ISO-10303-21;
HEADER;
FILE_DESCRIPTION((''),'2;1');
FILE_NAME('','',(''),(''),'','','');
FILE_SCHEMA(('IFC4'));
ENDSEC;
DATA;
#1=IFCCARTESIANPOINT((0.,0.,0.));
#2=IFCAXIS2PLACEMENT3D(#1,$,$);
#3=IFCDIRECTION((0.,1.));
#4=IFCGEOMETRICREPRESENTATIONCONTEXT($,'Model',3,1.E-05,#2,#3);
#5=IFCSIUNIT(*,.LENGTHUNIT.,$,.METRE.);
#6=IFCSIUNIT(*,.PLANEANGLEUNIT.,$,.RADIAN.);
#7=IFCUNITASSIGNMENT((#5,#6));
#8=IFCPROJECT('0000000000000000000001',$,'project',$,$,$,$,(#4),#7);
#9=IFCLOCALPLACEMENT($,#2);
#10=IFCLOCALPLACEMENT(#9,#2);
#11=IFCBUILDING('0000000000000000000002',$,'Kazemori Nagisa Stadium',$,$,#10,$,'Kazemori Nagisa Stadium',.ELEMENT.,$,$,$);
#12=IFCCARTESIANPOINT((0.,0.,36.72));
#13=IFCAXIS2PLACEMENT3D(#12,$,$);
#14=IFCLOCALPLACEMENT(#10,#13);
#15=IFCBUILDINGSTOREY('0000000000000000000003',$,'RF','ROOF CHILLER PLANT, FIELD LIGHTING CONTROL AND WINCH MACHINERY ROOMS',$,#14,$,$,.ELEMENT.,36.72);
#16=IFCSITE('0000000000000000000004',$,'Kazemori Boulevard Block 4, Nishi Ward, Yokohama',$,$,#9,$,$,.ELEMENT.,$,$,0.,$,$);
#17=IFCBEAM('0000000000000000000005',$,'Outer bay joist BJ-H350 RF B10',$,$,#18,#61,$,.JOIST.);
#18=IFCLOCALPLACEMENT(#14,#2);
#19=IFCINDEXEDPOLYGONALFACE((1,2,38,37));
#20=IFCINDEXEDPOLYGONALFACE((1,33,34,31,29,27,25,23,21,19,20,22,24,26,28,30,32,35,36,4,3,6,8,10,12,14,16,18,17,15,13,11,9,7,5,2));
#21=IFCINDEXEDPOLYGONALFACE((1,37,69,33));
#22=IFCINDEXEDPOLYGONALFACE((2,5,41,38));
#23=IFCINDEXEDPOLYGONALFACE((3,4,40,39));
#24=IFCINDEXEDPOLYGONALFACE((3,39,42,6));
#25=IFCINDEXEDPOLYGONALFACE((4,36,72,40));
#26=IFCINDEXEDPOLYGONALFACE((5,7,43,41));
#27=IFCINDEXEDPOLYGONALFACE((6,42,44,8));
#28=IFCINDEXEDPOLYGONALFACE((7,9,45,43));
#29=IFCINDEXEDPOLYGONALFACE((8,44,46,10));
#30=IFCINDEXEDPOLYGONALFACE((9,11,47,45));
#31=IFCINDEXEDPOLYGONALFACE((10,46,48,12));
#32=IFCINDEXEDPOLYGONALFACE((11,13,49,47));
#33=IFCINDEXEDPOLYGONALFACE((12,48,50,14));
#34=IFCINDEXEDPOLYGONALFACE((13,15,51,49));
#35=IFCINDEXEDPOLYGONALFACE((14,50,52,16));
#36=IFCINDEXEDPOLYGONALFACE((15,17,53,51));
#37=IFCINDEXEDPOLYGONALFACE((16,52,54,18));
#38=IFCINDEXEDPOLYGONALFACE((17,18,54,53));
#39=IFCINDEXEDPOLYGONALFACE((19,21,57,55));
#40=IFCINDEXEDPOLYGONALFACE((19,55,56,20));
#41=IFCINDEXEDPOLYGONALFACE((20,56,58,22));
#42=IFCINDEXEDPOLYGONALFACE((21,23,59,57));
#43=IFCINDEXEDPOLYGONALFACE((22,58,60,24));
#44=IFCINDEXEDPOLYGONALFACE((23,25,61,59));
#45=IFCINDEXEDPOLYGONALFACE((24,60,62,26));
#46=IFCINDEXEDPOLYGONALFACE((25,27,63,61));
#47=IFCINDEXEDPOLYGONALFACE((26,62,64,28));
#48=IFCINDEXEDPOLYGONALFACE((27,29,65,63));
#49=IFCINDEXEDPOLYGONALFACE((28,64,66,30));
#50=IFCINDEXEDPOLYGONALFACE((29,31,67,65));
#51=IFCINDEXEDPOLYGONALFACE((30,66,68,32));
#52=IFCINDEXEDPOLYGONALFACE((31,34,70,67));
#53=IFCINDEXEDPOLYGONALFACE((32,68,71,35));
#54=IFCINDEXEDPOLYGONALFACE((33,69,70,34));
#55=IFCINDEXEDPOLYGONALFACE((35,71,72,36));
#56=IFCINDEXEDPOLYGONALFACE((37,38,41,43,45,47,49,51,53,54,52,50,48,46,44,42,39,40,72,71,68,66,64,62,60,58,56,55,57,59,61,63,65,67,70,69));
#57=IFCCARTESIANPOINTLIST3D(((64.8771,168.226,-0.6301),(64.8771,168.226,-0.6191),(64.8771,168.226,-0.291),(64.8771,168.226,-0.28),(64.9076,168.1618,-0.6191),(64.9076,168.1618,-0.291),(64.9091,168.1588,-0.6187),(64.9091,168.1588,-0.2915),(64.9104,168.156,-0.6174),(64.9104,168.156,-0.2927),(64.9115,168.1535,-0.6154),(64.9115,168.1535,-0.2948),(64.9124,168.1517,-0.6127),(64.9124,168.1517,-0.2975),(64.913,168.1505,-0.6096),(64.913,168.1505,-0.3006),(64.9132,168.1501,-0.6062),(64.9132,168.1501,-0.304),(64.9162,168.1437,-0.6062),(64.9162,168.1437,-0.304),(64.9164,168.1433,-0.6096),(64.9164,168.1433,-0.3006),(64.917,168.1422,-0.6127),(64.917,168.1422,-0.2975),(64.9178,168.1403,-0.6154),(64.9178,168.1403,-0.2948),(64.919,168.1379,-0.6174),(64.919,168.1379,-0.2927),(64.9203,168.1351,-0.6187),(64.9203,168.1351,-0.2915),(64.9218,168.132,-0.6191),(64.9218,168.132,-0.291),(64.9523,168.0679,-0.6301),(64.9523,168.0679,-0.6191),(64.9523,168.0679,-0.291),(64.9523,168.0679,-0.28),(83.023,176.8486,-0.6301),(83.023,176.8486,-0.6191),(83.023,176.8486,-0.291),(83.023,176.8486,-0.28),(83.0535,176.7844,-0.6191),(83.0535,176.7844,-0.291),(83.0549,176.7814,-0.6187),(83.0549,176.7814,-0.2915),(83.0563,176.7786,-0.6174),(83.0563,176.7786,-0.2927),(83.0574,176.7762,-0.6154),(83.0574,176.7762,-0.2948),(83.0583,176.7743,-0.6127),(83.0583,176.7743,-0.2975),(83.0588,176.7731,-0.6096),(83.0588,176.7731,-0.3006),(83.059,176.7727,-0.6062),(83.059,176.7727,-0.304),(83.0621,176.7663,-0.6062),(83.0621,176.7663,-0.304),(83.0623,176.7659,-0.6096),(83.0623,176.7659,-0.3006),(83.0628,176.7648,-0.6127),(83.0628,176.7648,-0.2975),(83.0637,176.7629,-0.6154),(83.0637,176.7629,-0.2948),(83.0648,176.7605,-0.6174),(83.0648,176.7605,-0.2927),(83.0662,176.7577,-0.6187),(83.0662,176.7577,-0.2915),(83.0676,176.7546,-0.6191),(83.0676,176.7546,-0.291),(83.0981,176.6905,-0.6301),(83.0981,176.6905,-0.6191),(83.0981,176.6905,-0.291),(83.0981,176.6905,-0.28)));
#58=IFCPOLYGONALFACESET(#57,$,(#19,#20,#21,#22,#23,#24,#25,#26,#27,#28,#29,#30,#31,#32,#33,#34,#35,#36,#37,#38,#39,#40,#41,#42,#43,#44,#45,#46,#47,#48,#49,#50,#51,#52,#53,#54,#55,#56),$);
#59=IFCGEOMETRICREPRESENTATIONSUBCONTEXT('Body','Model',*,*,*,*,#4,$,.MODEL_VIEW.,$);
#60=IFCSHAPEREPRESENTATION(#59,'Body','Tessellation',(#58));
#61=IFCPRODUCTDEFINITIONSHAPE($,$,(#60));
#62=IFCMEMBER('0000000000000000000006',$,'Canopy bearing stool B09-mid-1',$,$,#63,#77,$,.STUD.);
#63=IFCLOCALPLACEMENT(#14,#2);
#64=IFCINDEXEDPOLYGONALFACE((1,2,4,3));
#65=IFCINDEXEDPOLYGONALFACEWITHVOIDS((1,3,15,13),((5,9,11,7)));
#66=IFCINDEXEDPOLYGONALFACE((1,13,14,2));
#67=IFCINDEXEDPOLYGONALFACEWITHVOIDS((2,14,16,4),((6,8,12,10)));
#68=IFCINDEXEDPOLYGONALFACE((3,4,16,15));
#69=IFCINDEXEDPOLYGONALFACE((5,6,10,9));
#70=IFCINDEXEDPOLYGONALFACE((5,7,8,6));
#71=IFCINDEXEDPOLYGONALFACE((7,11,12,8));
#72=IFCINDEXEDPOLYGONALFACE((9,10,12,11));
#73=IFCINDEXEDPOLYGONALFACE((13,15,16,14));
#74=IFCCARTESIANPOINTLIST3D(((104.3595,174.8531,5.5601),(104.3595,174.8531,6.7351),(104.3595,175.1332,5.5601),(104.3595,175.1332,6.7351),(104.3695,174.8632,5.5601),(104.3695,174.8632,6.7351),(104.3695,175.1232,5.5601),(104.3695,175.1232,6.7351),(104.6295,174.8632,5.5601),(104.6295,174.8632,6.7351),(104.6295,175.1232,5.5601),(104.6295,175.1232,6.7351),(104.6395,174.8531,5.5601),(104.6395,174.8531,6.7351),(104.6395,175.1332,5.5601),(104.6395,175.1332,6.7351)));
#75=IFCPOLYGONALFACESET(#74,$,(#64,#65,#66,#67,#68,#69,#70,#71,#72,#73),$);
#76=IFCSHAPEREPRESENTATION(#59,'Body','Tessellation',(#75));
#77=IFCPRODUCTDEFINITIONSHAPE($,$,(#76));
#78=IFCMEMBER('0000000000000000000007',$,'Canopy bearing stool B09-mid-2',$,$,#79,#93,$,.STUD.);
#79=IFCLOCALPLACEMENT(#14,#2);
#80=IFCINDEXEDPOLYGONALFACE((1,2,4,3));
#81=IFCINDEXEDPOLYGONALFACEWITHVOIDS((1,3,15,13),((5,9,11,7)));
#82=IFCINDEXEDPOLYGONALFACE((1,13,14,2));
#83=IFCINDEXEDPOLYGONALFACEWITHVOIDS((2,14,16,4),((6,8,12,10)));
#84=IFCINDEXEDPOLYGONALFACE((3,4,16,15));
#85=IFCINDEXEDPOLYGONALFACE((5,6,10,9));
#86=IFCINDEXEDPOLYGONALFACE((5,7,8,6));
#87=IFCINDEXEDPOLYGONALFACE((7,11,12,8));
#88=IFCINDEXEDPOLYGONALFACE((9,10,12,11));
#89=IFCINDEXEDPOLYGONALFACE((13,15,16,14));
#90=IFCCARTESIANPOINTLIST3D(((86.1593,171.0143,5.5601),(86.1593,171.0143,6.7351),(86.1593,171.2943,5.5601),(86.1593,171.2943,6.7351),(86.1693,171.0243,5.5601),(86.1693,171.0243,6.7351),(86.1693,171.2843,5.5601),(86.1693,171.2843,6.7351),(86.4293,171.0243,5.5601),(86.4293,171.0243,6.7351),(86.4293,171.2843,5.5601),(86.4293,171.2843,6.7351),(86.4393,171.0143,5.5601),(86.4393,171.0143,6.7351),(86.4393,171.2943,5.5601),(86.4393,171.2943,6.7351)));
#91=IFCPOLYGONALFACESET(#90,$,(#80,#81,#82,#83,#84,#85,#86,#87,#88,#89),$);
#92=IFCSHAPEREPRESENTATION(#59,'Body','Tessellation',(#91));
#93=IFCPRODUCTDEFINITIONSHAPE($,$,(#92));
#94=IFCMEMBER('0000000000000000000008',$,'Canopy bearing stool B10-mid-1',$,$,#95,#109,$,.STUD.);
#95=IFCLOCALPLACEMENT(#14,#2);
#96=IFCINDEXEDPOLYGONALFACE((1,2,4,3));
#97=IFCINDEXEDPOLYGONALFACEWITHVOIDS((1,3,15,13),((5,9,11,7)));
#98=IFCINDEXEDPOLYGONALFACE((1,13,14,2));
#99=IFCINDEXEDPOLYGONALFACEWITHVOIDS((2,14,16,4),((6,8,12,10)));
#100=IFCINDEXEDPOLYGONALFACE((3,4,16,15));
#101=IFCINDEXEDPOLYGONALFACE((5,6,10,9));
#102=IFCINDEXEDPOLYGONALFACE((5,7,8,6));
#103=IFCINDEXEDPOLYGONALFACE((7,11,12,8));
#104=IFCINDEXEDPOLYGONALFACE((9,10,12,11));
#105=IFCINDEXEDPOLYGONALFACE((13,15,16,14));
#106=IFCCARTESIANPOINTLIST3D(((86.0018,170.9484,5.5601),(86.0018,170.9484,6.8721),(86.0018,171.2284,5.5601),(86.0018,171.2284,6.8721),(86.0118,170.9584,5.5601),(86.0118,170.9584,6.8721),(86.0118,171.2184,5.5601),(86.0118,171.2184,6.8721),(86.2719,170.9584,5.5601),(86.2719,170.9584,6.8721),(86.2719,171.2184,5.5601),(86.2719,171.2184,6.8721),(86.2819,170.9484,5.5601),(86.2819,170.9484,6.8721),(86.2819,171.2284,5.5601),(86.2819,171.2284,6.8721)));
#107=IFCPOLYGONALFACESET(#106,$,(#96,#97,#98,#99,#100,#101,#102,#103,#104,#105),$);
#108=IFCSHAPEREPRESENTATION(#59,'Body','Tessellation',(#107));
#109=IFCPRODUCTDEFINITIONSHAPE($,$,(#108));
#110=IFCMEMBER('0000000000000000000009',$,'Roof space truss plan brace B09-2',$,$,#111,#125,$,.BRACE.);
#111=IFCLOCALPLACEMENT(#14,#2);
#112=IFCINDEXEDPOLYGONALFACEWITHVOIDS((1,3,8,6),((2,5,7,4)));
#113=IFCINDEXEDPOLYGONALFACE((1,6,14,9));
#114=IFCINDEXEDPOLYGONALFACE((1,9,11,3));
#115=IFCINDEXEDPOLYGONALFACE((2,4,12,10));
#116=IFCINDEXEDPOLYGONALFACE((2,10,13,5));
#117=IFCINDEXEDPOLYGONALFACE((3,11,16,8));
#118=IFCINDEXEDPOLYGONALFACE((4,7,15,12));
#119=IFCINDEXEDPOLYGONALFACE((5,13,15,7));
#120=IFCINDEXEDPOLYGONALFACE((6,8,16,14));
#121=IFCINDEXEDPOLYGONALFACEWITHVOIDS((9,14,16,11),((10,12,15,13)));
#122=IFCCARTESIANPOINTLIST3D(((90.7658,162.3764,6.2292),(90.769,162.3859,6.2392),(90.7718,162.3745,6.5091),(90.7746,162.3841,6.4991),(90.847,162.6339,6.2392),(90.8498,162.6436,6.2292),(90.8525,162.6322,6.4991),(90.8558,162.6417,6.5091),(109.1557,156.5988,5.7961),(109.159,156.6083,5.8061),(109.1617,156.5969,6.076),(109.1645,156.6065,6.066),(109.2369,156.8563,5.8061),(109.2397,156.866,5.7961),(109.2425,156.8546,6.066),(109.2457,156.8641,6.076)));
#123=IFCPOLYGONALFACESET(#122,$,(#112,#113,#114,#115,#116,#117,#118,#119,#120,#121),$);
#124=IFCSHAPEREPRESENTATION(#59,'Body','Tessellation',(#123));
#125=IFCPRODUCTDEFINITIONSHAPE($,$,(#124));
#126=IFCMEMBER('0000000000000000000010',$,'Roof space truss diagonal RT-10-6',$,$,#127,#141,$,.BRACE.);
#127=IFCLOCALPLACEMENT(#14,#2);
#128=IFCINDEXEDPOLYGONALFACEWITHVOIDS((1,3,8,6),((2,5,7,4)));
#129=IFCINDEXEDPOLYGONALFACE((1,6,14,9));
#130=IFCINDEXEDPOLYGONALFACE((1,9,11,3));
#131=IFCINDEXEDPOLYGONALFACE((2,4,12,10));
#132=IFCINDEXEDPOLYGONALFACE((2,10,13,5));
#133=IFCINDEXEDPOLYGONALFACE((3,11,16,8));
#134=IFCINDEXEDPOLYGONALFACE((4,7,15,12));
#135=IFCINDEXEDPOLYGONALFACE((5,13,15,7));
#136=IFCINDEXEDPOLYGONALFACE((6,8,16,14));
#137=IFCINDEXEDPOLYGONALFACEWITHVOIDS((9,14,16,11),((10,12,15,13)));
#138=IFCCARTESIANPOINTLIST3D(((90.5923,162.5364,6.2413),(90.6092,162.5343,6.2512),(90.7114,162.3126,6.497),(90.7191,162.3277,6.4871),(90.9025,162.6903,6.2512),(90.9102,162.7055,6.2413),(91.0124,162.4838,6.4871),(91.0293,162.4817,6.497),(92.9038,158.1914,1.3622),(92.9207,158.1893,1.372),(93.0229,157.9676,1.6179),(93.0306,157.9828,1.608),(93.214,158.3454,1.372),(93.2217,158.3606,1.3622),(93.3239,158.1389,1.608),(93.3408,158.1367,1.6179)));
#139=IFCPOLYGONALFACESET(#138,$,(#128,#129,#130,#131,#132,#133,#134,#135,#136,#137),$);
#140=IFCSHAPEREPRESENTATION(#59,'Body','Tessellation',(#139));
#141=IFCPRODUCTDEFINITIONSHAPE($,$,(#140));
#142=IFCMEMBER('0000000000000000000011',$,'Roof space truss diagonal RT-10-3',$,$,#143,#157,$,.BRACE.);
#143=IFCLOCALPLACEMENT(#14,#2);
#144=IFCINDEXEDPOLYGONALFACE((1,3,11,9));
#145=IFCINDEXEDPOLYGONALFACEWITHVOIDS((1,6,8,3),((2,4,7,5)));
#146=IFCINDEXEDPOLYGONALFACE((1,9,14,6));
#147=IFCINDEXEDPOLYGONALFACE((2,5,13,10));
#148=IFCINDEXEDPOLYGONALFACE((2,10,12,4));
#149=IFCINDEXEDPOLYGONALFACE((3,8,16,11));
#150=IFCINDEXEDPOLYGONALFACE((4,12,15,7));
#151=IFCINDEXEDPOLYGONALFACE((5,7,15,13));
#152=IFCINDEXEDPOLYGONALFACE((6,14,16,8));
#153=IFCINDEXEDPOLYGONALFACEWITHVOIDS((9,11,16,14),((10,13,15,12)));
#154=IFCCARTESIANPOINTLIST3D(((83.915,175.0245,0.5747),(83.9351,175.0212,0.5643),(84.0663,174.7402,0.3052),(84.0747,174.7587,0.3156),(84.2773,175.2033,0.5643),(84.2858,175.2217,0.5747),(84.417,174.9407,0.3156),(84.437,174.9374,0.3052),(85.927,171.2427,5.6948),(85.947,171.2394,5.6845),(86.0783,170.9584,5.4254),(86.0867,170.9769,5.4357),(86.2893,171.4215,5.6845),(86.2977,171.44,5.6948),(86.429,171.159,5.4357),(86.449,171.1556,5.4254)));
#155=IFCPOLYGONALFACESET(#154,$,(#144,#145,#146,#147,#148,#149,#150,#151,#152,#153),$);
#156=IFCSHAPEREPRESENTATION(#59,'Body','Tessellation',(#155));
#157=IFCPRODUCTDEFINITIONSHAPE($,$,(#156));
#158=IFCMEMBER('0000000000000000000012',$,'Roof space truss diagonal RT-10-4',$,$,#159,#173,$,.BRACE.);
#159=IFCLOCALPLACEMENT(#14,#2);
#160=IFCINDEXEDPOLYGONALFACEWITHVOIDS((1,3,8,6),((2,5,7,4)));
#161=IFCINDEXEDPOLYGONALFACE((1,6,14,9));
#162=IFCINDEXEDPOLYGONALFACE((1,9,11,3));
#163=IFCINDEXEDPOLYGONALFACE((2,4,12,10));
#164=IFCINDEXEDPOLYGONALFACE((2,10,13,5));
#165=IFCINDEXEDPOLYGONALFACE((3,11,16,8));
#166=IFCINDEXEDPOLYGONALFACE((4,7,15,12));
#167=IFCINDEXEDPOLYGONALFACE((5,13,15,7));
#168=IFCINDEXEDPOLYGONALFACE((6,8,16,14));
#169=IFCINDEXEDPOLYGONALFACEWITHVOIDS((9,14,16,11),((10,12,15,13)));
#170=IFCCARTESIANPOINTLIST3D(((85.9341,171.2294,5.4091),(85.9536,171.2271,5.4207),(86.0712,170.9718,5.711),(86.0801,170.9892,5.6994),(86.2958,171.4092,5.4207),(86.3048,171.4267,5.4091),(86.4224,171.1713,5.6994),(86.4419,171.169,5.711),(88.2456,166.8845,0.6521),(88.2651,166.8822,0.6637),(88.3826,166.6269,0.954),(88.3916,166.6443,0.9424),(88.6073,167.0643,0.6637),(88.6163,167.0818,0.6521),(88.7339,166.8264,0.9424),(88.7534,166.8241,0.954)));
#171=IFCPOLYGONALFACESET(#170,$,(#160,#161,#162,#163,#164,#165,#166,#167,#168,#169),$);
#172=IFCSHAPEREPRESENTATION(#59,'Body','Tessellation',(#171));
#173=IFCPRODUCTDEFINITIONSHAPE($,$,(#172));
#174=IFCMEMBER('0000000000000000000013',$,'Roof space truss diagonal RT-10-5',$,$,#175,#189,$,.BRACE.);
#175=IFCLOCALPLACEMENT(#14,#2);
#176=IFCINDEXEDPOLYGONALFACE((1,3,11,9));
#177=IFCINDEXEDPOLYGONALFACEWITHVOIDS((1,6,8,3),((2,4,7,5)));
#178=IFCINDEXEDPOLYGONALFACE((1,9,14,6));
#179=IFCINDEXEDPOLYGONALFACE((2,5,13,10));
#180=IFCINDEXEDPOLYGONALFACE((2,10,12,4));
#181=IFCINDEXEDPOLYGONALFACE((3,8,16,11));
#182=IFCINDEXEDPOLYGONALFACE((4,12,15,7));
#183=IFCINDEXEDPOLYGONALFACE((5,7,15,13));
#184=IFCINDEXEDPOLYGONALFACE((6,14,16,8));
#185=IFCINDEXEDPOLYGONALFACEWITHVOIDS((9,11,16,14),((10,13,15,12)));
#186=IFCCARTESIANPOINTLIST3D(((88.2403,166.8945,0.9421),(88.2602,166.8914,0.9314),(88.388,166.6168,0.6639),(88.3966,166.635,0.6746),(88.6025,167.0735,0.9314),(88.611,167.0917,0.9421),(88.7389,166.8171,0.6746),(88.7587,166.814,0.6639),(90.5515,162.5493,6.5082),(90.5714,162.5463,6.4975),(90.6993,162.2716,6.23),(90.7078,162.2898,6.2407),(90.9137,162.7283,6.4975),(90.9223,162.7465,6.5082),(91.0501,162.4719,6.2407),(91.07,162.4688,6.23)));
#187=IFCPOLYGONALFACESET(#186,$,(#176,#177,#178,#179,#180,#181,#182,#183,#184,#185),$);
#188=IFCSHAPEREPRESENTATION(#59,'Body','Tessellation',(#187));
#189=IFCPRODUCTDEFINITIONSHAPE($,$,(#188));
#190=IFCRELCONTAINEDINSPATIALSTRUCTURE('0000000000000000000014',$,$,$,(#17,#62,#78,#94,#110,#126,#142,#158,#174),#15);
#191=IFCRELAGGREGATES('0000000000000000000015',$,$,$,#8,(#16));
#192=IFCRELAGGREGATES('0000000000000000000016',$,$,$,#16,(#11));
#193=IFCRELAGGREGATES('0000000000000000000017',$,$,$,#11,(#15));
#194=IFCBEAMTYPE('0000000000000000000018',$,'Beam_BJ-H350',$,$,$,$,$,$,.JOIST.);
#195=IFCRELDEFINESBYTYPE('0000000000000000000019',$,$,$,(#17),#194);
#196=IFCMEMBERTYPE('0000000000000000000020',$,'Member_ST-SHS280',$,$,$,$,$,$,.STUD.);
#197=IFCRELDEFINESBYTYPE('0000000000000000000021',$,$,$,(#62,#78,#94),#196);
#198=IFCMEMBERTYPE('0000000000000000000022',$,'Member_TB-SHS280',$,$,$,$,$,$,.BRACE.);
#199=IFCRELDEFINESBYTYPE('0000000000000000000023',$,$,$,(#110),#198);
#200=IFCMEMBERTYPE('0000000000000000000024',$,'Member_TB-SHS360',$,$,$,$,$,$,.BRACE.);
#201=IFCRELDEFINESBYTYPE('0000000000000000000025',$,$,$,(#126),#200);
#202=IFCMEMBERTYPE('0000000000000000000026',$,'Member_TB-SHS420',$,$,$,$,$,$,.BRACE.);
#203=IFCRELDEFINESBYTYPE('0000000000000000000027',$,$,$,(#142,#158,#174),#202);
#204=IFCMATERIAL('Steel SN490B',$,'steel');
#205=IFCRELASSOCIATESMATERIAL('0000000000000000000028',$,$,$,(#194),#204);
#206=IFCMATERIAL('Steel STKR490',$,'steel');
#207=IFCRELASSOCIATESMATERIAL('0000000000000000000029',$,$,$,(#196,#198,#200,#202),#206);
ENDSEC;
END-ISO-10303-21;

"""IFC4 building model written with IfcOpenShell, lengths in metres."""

from ifc_helpers import new_model, si_unit, direction, frame, origin, origin_2d, place, context, subcontext, project, spatial, hollow_rectangle, i_section, extrude, material, material_profile, profile_set, type_object, element, save


model = new_model("IFC4")

# Units and contexts
model_context = context("Model", 3, precision=1e-05, world=origin(), true_north=direction((0.0, 1.0)))
body_context = subcontext(model_context, "Body", "Model", "MODEL_VIEW")
ifc_project = project(units=[si_unit("LENGTHUNIT", "METRE"), si_unit("PLANEANGLEUNIT", "RADIAN")], contexts=[model_context])

# Site, building, storey
site_placement = place(None, origin())
site = spatial("IfcSite", under=ifc_project, at=site_placement, Name="Kazemori Boulevard Block 4, Nishi Ward, Yokohama", CompositionType="ELEMENT", RefElevation=0.0)
building_placement = place(site_placement, origin())
building = spatial("IfcBuilding", under=site, at=building_placement, Name="Kazemori Nagisa Stadium", LongName="Kazemori Nagisa Stadium", CompositionType="ELEMENT")
storey_placement = place(building_placement, frame((0.0, 0.0, 36.72)))
storey = spatial("IfcBuildingStorey", under=building, at=storey_placement, Name="RF", Description="ROOF CHILLER PLANT, FIELD LIGHTING CONTROL AND WINCH MACHINERY ROOMS", CompositionType="ELEMENT", Elevation=36.72)

# Shared definitions
ifc_material_1 = material(Name="Steel SN490B", Category="steel")

# Beam
ifc_material_profile_1 = material_profile(ifc_material_1, i_section(OverallWidth=0.175, OverallDepth=0.3501, WebThickness=0.0071, FlangeThickness=0.011, FilletRadius=0.0129, at=origin_2d()), Name="H-350x175x7x11")
ifc_profile_set_1 = profile_set([ifc_material_profile_1], Name="Steel SN490B")
beam_type_1 = type_object("IfcBeamType", Name="Beam_BJ-H350", PredefinedType="JOIST", material=ifc_profile_set_1)
beam_1_placement = place(storey_placement, frame((83.0605, 176.7695, -0.4551), z_axis=(-0.903213, -0.429192, 0.0), x_axis=(0.429192, -0.903213, 0.0)))
element("IfcBeam", 1, at=beam_1_placement, inside=storey, type_object=beam_type_1, Name="Outer bay joist BJ-H350 RF B10", PredefinedType="JOIST", context=body_context, shape_type="SweptSolid", body=[
    extrude(i_section(OverallWidth=0.175, OverallDepth=0.3501, WebThickness=0.0071, FlangeThickness=0.011, FilletRadius=0.0129, at=origin_2d()), origin(), (0.0, 0.0, 1.0), 20.0903),
])

# Members
ifc_material_2 = material(Name="Steel STKR490", Category="steel")
ifc_material_profile_2 = material_profile(ifc_material_2, hollow_rectangle(XDim=0.28, YDim=0.28, WallThickness=0.01, at=origin_2d()), Name="SHS-280x280x10")
ifc_profile_set_2 = profile_set([ifc_material_profile_2], Name="Steel STKR490")
member_type_1 = type_object("IfcMemberType", Name="Member_ST-SHS280", PredefinedType="STUD", material=ifc_profile_set_2)
for number, where, z_axis, x_axis, name in (
    (2, (104.4995, 174.9932, 5.5601), (0.0, 0.0, 1.0), (1.0, 0.0, 0.0), "Canopy bearing stool B09-mid-1"),
    (3, (86.2993, 171.1543, 5.5601), (0.0, 0.0, 1.0), (1.0, 0.0, 0.0), "Canopy bearing stool B09-mid-2"),
):
    element("IfcMember", number, at=place(storey_placement, frame(where, z_axis=z_axis, x_axis=x_axis)), inside=storey, type_object=member_type_1, Name=name, PredefinedType="STUD", context=body_context, shape_type="SweptSolid", body=[
        extrude(hollow_rectangle(XDim=0.28, YDim=0.28, WallThickness=0.01, at=origin_2d()), origin(), (0.0, 0.0, 1.0), 1.175),
    ])
member_1_placement = place(storey_placement, frame((86.1418, 171.0884, 5.5601), z_axis=(0.0, 0.0, 1.0), x_axis=(1.0, 0.0, 0.0)))
element("IfcMember", 4, at=member_1_placement, inside=storey, type_object=member_type_1, Name="Canopy bearing stool B10-mid-1", PredefinedType="STUD", context=body_context, shape_type="SweptSolid", body=[
    extrude(hollow_rectangle(XDim=0.28, YDim=0.28, WallThickness=0.01, at=origin_2d()), origin(), (0.0, 0.0, 1.0), 1.312),
])
ifc_material_profile_3 = material_profile(ifc_material_2, hollow_rectangle(XDim=0.28, YDim=0.28, WallThickness=0.01, at=origin_2d()), Name="SHS-280x280x10")
ifc_profile_set_3 = profile_set([ifc_material_profile_3], Name="Steel STKR490")
member_type_2 = type_object("IfcMemberType", Name="Member_TB-SHS280", PredefinedType="BRACE", material=ifc_profile_set_3)
member_2_placement = place(storey_placement, frame((90.8108, 162.509, 6.3691), z_axis=(0.953784, -0.299652, -0.022463), x_axis=(0.299728, 0.954025, 0.0)))
element("IfcMember", 5, at=member_2_placement, inside=storey, type_object=member_type_2, Name="Roof space truss plan brace B09-2", PredefinedType="BRACE", context=body_context, shape_type="SweptSolid", body=[
    extrude(hollow_rectangle(XDim=0.28, YDim=0.28, WallThickness=0.01, at=origin_2d()), origin(), (0.0, 0.0, 1.0), 19.281),
])
ifc_material_profile_4 = material_profile(ifc_material_2, hollow_rectangle(XDim=0.3601, YDim=0.3601, WallThickness=0.0139, at=origin_2d()), Name="SHS-360x360x14")
ifc_profile_set_4 = profile_set([ifc_material_profile_4], Name="Steel STKR490")
member_type_3 = type_object("IfcMemberType", Name="Member_TB-SHS360", PredefinedType="BRACE", material=ifc_profile_set_4)
member_3_placement = place(storey_placement, frame((90.8108, 162.509, 6.3691), z_axis=(0.333542, -0.62696, -0.704039), x_axis=(0.882841, 0.469671, 0.0)))
element("IfcMember", 6, at=member_3_placement, inside=storey, type_object=member_type_3, Name="Roof space truss diagonal RT-10-6", PredefinedType="BRACE", context=body_context, shape_type="SweptSolid", body=[
    extrude(hollow_rectangle(XDim=0.3601, YDim=0.3601, WallThickness=0.0139, at=origin_2d()), origin(), (0.0, 0.0, 1.0), 6.9302),
])
ifc_material_profile_5 = material_profile(ifc_material_2, hollow_rectangle(XDim=0.4199, YDim=0.4199, WallThickness=0.0161, at=origin_2d()), Name="SHS-420x420x16")
ifc_profile_set_5 = profile_set([ifc_material_profile_5], Name="Steel STKR490")
member_type_4 = type_object("IfcMemberType", Name="Member_TB-SHS420", PredefinedType="BRACE", material=ifc_profile_set_5)
member_4_placement = place(storey_placement, frame((84.176, 174.981, 0.4399), z_axis=(0.301385, -0.566492, 0.766977), x_axis=(0.882834, 0.469686, 0.0)))
element("IfcMember", 7, at=member_4_placement, inside=storey, type_object=member_type_4, Name="Roof space truss diagonal RT-10-3", PredefinedType="BRACE", context=body_context, shape_type="SweptSolid", body=[
    extrude(hollow_rectangle(XDim=0.4199, YDim=0.4199, WallThickness=0.0161, at=origin_2d()), origin(), (0.0, 0.0, 1.0), 6.6758),
])
member_5_placement = place(storey_placement, frame((86.188, 171.1992, 5.5601), z_axis=(0.337703, -0.634781, -0.694989), x_axis=(0.882841, 0.469671, 0.0)))
element("IfcMember", 8, at=member_5_placement, inside=storey, type_object=member_type_4, Name="Roof space truss diagonal RT-10-4", PredefinedType="BRACE", context=body_context, shape_type="SweptSolid", body=[
    extrude(hollow_rectangle(XDim=0.4199, YDim=0.4199, WallThickness=0.0161, at=origin_2d()), origin(), (0.0, 0.0, 1.0), 6.8447),
])
member_6_placement = place(storey_placement, frame((88.4995, 166.8542, 0.803), z_axis=(0.311073, -0.584819, 0.749146), x_axis=(0.882873, 0.469612, 0.0)))
element("IfcMember", 9, at=member_6_placement, inside=storey, type_object=member_type_4, Name="Roof space truss diagonal RT-10-5", PredefinedType="BRACE", context=body_context, shape_type="SweptSolid", body=[
    extrude(hollow_rectangle(XDim=0.4199, YDim=0.4199, WallThickness=0.0161, at=origin_2d()), origin(), (0.0, 0.0, 1.0), 7.4299),
])

save(model, "model.ifc")
